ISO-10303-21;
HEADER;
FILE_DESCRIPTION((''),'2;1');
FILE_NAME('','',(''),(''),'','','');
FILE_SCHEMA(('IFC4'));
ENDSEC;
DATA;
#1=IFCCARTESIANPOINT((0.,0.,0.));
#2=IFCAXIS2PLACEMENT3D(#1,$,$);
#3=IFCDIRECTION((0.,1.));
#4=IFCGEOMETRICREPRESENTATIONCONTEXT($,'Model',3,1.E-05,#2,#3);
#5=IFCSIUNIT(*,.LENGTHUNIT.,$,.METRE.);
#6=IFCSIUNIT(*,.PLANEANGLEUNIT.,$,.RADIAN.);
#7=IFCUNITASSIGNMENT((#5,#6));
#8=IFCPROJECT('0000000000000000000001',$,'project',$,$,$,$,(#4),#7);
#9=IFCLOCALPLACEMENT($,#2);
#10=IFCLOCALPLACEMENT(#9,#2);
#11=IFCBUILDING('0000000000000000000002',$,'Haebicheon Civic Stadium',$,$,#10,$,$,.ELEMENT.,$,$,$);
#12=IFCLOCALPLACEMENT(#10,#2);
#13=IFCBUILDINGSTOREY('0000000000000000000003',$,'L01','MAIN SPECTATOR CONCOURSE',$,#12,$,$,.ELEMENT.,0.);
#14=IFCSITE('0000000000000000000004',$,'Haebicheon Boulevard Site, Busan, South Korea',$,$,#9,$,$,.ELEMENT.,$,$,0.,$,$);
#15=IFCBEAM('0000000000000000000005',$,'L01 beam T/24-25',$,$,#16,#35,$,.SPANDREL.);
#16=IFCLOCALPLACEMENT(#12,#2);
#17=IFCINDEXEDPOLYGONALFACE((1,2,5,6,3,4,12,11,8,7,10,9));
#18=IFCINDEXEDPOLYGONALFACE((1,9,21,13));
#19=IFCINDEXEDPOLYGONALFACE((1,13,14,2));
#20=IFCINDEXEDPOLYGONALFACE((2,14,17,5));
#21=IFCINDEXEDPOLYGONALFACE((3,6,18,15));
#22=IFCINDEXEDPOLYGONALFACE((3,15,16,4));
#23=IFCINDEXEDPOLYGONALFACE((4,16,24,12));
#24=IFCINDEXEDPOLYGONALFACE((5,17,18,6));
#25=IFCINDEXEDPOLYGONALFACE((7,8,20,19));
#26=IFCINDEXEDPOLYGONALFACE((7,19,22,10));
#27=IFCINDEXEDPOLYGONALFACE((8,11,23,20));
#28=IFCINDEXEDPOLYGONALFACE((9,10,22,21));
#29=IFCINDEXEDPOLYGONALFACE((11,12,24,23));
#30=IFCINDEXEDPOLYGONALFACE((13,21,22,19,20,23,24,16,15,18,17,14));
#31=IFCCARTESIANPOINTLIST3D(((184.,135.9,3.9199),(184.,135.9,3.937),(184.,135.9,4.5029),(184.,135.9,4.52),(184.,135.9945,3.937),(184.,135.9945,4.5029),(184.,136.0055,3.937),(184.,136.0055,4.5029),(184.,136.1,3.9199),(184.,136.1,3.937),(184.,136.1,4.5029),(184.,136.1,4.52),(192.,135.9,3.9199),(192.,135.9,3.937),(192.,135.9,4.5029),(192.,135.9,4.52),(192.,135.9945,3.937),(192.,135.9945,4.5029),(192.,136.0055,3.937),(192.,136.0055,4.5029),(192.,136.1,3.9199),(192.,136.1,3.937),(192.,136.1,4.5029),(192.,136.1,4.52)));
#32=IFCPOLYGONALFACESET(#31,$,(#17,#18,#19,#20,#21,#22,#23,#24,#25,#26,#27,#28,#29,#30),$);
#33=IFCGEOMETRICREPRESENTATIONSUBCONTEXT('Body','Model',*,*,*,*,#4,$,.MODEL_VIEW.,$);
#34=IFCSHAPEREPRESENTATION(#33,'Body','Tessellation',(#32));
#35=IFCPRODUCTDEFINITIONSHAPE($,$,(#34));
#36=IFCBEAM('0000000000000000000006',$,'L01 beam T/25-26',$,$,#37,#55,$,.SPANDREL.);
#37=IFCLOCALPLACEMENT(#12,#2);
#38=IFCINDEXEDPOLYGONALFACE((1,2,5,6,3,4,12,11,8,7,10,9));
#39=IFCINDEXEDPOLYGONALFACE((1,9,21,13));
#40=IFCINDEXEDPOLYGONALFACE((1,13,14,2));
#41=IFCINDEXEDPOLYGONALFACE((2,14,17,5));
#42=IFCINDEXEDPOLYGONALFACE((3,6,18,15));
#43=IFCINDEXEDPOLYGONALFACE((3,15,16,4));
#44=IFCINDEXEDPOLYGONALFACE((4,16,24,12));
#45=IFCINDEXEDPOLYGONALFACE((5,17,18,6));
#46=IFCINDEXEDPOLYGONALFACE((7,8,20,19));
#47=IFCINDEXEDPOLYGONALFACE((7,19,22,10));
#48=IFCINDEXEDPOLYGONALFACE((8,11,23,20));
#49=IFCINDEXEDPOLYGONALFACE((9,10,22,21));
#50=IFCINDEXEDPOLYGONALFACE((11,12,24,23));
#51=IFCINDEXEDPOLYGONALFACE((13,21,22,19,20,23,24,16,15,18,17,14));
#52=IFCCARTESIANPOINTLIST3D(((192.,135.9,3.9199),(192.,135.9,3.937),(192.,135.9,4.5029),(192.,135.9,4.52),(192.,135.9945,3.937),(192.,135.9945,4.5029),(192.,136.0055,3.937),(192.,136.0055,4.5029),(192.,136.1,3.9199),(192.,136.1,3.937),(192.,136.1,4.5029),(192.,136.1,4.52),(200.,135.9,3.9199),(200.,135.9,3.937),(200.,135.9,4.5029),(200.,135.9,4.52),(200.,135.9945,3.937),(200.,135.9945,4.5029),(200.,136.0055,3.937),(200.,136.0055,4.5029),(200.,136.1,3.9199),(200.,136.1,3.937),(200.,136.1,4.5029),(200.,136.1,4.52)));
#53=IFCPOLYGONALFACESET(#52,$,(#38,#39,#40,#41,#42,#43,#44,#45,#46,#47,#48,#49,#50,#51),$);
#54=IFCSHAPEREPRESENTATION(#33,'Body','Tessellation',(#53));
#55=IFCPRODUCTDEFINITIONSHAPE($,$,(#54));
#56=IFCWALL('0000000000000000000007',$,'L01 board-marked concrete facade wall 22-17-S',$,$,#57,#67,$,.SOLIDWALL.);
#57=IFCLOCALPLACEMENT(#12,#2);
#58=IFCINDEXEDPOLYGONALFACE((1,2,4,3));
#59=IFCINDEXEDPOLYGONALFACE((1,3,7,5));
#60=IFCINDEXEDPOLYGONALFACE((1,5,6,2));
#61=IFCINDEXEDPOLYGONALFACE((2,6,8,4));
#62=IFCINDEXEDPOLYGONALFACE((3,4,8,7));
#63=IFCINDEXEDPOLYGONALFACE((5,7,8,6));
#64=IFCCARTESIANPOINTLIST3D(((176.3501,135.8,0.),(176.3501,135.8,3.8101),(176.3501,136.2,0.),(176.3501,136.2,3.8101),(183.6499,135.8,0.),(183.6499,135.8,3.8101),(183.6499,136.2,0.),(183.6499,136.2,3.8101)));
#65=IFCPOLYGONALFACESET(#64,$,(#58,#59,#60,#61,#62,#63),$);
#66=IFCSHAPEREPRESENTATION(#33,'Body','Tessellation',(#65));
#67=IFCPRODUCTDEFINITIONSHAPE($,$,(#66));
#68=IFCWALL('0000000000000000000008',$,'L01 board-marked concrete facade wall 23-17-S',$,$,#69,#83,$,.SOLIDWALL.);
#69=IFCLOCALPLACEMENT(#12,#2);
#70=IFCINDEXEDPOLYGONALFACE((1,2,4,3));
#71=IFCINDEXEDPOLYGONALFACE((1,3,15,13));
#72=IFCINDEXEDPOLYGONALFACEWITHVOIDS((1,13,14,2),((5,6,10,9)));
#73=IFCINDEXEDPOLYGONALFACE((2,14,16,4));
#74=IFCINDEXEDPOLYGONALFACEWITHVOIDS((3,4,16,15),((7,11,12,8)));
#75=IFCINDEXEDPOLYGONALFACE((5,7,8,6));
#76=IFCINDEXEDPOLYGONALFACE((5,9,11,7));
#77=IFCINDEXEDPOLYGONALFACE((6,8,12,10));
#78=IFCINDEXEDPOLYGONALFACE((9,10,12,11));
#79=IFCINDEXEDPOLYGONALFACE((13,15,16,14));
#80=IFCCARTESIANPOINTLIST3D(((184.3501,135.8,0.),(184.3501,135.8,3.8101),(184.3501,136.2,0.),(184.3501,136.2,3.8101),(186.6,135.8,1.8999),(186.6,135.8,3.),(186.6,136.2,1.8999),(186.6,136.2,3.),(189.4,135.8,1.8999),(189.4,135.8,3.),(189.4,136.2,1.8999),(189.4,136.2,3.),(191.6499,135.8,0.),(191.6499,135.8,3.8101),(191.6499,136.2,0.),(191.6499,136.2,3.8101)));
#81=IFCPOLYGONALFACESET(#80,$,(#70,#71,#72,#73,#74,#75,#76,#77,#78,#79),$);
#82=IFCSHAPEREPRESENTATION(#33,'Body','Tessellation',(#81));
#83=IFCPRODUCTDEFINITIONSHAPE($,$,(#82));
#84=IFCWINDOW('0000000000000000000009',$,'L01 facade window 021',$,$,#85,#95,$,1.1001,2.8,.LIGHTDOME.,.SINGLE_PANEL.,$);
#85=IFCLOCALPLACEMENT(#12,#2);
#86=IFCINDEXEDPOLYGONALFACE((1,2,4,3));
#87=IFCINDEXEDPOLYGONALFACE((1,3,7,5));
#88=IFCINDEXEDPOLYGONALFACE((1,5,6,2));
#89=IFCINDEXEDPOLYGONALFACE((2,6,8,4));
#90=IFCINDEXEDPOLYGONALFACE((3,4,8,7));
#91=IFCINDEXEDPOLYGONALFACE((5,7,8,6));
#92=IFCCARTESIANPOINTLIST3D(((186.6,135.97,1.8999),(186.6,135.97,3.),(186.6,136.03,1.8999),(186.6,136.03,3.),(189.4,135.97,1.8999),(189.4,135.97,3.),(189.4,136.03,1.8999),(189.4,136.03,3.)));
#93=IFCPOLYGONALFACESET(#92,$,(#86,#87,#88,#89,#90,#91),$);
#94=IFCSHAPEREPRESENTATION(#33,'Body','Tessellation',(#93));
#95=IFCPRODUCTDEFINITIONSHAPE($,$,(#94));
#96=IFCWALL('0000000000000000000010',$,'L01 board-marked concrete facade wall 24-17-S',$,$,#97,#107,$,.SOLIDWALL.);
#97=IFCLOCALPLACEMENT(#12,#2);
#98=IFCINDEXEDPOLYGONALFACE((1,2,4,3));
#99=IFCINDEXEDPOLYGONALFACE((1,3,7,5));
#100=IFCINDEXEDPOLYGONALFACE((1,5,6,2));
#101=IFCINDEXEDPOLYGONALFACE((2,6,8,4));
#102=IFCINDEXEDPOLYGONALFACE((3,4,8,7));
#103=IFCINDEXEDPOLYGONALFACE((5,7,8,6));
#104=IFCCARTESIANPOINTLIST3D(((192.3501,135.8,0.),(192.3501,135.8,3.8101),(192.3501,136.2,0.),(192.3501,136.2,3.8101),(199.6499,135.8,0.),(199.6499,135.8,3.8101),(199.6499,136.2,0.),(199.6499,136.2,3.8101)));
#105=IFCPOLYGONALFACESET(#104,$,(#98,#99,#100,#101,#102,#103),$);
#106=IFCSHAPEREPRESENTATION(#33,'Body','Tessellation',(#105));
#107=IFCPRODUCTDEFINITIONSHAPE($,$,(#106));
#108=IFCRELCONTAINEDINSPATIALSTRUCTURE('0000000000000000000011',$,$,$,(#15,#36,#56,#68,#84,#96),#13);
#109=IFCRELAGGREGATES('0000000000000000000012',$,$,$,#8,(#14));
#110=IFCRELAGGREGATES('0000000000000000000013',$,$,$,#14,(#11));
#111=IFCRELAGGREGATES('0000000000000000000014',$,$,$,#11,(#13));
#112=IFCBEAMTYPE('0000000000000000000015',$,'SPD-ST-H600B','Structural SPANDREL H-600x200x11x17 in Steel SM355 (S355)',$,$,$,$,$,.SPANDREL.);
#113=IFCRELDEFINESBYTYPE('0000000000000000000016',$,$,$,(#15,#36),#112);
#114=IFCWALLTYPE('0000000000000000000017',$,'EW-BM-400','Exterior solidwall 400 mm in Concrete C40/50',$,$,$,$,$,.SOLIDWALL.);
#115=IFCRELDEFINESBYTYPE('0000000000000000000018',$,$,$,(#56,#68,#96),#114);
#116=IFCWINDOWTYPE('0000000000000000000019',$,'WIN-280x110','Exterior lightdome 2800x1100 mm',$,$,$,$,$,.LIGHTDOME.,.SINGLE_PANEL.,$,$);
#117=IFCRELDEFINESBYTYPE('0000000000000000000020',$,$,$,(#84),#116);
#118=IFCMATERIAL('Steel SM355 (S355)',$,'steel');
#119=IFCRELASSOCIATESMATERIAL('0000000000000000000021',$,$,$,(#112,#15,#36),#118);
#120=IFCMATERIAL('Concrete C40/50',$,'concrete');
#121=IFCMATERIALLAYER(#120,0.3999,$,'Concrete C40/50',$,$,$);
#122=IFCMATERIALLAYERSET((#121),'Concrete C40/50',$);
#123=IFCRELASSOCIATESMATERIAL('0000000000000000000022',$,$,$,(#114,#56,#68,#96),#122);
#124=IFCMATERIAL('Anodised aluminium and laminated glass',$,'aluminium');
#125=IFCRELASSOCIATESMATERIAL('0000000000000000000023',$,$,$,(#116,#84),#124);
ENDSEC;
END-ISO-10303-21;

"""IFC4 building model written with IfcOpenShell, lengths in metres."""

from ifc_helpers import new_model, si_unit, direction, frame, frame_2d, origin, origin_2d, place, context, subcontext, project, spatial, rectangle, i_section, extrude, material, layer, layer_set, material_profile, profile_set, type_object, element, fill, save


model = new_model("IFC4")

# Units and contexts
model_context = context("Model", 3, precision=1e-05, world=origin(), true_north=direction((0.0, 1.0)))
body_context = subcontext(model_context, "Body", "Model", "MODEL_VIEW")
ifc_project = project(units=[si_unit("LENGTHUNIT", "METRE"), si_unit("PLANEANGLEUNIT", "RADIAN")], contexts=[model_context])

# Site, building, storey
site_placement = place(None, origin())
site = spatial("IfcSite", under=ifc_project, at=site_placement, Name="Haebicheon Boulevard Site, Busan, South Korea", CompositionType="ELEMENT", RefElevation=0.0)
building_placement = place(site_placement, origin())
building = spatial("IfcBuilding", under=site, at=building_placement, Name="Haebicheon Civic Stadium", CompositionType="ELEMENT")
storey_placement = place(building_placement, origin())
storey = spatial("IfcBuildingStorey", under=building, at=storey_placement, Name="L01", Description="MAIN SPECTATOR CONCOURSE", CompositionType="ELEMENT", Elevation=0.0)

# Beams
ifc_material_1 = material(Name="Steel SM355 (S355)", Category="steel")
ifc_material_profile_1 = material_profile(ifc_material_1, i_section(OverallWidth=0.2, OverallDepth=0.6001, WebThickness=0.011, FlangeThickness=0.0171, at=origin_2d()), Name="H-600x200x11x17")
ifc_profile_set_1 = profile_set([ifc_material_profile_1], Name="Steel SM355 (S355)")
beam_type_1 = type_object("IfcBeamType", Name="SPD-ST-H600B", Description="Structural SPANDREL H-600x200x11x17 in Steel SM355 (S355)", PredefinedType="SPANDREL", material=ifc_profile_set_1)
for number, where, z_axis, x_axis, name in (
    (1, (184.0, 136.0, 4.22), (1.0, 0.0, 0.0), (0.0, 1.0, 0.0), "L01 beam T/24-25"),
    (2, (192.0, 136.0, 4.22), (1.0, 0.0, 0.0), (0.0, 1.0, 0.0), "L01 beam T/25-26"),
):
    element("IfcBeam", number, at=place(storey_placement, frame(where, z_axis=z_axis, x_axis=x_axis)), inside=storey, type_object=beam_type_1, material=ifc_profile_set_1, Name=name, PredefinedType="SPANDREL", context=body_context, shape_type="SweptSolid", body=[
        extrude(i_section(OverallWidth=0.2, OverallDepth=0.6001, WebThickness=0.011, FlangeThickness=0.0171, at=origin_2d()), origin(), (0.0, 0.0, 1.0), 8.0),
    ])

# Wall
ifc_material_2 = material(Name="Concrete C40/50", Category="concrete")
ifc_layer_1 = layer(ifc_material_2, 0.3999, Name="Concrete C40/50")
ifc_layer_set_1 = layer_set([ifc_layer_1], Name="Concrete C40/50")
wall_type = type_object("IfcWallType", Name="EW-BM-400", Description="Exterior solidwall 400 mm in Concrete C40/50", PredefinedType="SOLIDWALL", material=ifc_layer_set_1)
wall_1_placement = place(storey_placement, frame((176.3501, 136.0, 0.0), z_axis=(0.0, 0.0, 1.0), x_axis=(1.0, 0.0, 0.0)))
element("IfcWall", 3, at=wall_1_placement, inside=storey, type_object=wall_type, material=ifc_layer_set_1, Name="L01 board-marked concrete facade wall 22-17-S", PredefinedType="SOLIDWALL", context=body_context, shape_type="SweptSolid", body=[
    extrude(rectangle(XDim=7.2998, YDim=0.3999, at=frame_2d((3.6499, 0.0))), origin(), (0.0, 0.0, 1.0), 3.8101),
])

# Wall, opening, window
wall_2_placement = place(storey_placement, frame((184.3501, 136.0, 0.0), z_axis=(0.0, 0.0, 1.0), x_axis=(1.0, 0.0, 0.0)))
wall_2 = element("IfcWall", 4, at=wall_2_placement, inside=storey, type_object=wall_type, material=ifc_layer_set_1, Name="L01 board-marked concrete facade wall 23-17-S", PredefinedType="SOLIDWALL", context=body_context, shape_type="SweptSolid", body=[
    extrude(rectangle(XDim=7.2998, YDim=0.3999, at=frame_2d((3.6499, 0.0))), origin(), (0.0, 0.0, 1.0), 3.8101),
])
opening_placement = place(wall_2_placement, frame((2.25, 0.0, 1.8999)))
opening = element("IfcOpeningElement", 5, at=opening_placement, cuts=wall_2, PredefinedType="OPENING", context=body_context, shape_type="SweptSolid", body=[
    extrude(rectangle(XDim=2.8, YDim=1.1001, at=frame_2d((1.3999, 0.55))), frame((0.0, 0.21, 0.0), z_axis=(0.0, -1.0, 0.0), x_axis=(1.0, 0.0, 0.0)), (0.0, 0.0, 1.0), 0.4199),
])
ifc_material_3 = material(Name="Anodised aluminium and laminated glass", Category="aluminium")
window_type = type_object("IfcWindowType", Name="WIN-280x110", Description="Exterior lightdome 2800x1100 mm", PartitioningType="SINGLE_PANEL", PredefinedType="LIGHTDOME", material=ifc_material_3)
window_placement = place(opening_placement, origin())
window = element("IfcWindow", 6, at=window_placement, inside=storey, type_object=window_type, material=ifc_material_3, Name="L01 facade window 021", OverallHeight=1.1001, OverallWidth=2.8, PartitioningType="SINGLE_PANEL", PredefinedType="LIGHTDOME", context=body_context, shape_type="SweptSolid", body=[
    extrude(rectangle(XDim=2.8, YDim=1.1001, at=frame_2d((1.3999, 0.55))), frame((0.0, 0.03, 0.0), z_axis=(0.0, -1.0, 0.0), x_axis=(1.0, 0.0, 0.0)), (0.0, 0.0, 1.0), 0.0601),
])
fill(opening, window)

# Wall
wall_3_placement = place(storey_placement, frame((192.3501, 136.0, 0.0), z_axis=(0.0, 0.0, 1.0), x_axis=(1.0, 0.0, 0.0)))
element("IfcWall", 7, at=wall_3_placement, inside=storey, type_object=wall_type, material=ifc_layer_set_1, Name="L01 board-marked concrete facade wall 24-17-S", PredefinedType="SOLIDWALL", context=body_context, shape_type="SweptSolid", body=[
    extrude(rectangle(XDim=7.2998, YDim=0.3999, at=frame_2d((3.6499, 0.0))), origin(), (0.0, 0.0, 1.0), 3.8101),
])

save(model, "model.ifc")
